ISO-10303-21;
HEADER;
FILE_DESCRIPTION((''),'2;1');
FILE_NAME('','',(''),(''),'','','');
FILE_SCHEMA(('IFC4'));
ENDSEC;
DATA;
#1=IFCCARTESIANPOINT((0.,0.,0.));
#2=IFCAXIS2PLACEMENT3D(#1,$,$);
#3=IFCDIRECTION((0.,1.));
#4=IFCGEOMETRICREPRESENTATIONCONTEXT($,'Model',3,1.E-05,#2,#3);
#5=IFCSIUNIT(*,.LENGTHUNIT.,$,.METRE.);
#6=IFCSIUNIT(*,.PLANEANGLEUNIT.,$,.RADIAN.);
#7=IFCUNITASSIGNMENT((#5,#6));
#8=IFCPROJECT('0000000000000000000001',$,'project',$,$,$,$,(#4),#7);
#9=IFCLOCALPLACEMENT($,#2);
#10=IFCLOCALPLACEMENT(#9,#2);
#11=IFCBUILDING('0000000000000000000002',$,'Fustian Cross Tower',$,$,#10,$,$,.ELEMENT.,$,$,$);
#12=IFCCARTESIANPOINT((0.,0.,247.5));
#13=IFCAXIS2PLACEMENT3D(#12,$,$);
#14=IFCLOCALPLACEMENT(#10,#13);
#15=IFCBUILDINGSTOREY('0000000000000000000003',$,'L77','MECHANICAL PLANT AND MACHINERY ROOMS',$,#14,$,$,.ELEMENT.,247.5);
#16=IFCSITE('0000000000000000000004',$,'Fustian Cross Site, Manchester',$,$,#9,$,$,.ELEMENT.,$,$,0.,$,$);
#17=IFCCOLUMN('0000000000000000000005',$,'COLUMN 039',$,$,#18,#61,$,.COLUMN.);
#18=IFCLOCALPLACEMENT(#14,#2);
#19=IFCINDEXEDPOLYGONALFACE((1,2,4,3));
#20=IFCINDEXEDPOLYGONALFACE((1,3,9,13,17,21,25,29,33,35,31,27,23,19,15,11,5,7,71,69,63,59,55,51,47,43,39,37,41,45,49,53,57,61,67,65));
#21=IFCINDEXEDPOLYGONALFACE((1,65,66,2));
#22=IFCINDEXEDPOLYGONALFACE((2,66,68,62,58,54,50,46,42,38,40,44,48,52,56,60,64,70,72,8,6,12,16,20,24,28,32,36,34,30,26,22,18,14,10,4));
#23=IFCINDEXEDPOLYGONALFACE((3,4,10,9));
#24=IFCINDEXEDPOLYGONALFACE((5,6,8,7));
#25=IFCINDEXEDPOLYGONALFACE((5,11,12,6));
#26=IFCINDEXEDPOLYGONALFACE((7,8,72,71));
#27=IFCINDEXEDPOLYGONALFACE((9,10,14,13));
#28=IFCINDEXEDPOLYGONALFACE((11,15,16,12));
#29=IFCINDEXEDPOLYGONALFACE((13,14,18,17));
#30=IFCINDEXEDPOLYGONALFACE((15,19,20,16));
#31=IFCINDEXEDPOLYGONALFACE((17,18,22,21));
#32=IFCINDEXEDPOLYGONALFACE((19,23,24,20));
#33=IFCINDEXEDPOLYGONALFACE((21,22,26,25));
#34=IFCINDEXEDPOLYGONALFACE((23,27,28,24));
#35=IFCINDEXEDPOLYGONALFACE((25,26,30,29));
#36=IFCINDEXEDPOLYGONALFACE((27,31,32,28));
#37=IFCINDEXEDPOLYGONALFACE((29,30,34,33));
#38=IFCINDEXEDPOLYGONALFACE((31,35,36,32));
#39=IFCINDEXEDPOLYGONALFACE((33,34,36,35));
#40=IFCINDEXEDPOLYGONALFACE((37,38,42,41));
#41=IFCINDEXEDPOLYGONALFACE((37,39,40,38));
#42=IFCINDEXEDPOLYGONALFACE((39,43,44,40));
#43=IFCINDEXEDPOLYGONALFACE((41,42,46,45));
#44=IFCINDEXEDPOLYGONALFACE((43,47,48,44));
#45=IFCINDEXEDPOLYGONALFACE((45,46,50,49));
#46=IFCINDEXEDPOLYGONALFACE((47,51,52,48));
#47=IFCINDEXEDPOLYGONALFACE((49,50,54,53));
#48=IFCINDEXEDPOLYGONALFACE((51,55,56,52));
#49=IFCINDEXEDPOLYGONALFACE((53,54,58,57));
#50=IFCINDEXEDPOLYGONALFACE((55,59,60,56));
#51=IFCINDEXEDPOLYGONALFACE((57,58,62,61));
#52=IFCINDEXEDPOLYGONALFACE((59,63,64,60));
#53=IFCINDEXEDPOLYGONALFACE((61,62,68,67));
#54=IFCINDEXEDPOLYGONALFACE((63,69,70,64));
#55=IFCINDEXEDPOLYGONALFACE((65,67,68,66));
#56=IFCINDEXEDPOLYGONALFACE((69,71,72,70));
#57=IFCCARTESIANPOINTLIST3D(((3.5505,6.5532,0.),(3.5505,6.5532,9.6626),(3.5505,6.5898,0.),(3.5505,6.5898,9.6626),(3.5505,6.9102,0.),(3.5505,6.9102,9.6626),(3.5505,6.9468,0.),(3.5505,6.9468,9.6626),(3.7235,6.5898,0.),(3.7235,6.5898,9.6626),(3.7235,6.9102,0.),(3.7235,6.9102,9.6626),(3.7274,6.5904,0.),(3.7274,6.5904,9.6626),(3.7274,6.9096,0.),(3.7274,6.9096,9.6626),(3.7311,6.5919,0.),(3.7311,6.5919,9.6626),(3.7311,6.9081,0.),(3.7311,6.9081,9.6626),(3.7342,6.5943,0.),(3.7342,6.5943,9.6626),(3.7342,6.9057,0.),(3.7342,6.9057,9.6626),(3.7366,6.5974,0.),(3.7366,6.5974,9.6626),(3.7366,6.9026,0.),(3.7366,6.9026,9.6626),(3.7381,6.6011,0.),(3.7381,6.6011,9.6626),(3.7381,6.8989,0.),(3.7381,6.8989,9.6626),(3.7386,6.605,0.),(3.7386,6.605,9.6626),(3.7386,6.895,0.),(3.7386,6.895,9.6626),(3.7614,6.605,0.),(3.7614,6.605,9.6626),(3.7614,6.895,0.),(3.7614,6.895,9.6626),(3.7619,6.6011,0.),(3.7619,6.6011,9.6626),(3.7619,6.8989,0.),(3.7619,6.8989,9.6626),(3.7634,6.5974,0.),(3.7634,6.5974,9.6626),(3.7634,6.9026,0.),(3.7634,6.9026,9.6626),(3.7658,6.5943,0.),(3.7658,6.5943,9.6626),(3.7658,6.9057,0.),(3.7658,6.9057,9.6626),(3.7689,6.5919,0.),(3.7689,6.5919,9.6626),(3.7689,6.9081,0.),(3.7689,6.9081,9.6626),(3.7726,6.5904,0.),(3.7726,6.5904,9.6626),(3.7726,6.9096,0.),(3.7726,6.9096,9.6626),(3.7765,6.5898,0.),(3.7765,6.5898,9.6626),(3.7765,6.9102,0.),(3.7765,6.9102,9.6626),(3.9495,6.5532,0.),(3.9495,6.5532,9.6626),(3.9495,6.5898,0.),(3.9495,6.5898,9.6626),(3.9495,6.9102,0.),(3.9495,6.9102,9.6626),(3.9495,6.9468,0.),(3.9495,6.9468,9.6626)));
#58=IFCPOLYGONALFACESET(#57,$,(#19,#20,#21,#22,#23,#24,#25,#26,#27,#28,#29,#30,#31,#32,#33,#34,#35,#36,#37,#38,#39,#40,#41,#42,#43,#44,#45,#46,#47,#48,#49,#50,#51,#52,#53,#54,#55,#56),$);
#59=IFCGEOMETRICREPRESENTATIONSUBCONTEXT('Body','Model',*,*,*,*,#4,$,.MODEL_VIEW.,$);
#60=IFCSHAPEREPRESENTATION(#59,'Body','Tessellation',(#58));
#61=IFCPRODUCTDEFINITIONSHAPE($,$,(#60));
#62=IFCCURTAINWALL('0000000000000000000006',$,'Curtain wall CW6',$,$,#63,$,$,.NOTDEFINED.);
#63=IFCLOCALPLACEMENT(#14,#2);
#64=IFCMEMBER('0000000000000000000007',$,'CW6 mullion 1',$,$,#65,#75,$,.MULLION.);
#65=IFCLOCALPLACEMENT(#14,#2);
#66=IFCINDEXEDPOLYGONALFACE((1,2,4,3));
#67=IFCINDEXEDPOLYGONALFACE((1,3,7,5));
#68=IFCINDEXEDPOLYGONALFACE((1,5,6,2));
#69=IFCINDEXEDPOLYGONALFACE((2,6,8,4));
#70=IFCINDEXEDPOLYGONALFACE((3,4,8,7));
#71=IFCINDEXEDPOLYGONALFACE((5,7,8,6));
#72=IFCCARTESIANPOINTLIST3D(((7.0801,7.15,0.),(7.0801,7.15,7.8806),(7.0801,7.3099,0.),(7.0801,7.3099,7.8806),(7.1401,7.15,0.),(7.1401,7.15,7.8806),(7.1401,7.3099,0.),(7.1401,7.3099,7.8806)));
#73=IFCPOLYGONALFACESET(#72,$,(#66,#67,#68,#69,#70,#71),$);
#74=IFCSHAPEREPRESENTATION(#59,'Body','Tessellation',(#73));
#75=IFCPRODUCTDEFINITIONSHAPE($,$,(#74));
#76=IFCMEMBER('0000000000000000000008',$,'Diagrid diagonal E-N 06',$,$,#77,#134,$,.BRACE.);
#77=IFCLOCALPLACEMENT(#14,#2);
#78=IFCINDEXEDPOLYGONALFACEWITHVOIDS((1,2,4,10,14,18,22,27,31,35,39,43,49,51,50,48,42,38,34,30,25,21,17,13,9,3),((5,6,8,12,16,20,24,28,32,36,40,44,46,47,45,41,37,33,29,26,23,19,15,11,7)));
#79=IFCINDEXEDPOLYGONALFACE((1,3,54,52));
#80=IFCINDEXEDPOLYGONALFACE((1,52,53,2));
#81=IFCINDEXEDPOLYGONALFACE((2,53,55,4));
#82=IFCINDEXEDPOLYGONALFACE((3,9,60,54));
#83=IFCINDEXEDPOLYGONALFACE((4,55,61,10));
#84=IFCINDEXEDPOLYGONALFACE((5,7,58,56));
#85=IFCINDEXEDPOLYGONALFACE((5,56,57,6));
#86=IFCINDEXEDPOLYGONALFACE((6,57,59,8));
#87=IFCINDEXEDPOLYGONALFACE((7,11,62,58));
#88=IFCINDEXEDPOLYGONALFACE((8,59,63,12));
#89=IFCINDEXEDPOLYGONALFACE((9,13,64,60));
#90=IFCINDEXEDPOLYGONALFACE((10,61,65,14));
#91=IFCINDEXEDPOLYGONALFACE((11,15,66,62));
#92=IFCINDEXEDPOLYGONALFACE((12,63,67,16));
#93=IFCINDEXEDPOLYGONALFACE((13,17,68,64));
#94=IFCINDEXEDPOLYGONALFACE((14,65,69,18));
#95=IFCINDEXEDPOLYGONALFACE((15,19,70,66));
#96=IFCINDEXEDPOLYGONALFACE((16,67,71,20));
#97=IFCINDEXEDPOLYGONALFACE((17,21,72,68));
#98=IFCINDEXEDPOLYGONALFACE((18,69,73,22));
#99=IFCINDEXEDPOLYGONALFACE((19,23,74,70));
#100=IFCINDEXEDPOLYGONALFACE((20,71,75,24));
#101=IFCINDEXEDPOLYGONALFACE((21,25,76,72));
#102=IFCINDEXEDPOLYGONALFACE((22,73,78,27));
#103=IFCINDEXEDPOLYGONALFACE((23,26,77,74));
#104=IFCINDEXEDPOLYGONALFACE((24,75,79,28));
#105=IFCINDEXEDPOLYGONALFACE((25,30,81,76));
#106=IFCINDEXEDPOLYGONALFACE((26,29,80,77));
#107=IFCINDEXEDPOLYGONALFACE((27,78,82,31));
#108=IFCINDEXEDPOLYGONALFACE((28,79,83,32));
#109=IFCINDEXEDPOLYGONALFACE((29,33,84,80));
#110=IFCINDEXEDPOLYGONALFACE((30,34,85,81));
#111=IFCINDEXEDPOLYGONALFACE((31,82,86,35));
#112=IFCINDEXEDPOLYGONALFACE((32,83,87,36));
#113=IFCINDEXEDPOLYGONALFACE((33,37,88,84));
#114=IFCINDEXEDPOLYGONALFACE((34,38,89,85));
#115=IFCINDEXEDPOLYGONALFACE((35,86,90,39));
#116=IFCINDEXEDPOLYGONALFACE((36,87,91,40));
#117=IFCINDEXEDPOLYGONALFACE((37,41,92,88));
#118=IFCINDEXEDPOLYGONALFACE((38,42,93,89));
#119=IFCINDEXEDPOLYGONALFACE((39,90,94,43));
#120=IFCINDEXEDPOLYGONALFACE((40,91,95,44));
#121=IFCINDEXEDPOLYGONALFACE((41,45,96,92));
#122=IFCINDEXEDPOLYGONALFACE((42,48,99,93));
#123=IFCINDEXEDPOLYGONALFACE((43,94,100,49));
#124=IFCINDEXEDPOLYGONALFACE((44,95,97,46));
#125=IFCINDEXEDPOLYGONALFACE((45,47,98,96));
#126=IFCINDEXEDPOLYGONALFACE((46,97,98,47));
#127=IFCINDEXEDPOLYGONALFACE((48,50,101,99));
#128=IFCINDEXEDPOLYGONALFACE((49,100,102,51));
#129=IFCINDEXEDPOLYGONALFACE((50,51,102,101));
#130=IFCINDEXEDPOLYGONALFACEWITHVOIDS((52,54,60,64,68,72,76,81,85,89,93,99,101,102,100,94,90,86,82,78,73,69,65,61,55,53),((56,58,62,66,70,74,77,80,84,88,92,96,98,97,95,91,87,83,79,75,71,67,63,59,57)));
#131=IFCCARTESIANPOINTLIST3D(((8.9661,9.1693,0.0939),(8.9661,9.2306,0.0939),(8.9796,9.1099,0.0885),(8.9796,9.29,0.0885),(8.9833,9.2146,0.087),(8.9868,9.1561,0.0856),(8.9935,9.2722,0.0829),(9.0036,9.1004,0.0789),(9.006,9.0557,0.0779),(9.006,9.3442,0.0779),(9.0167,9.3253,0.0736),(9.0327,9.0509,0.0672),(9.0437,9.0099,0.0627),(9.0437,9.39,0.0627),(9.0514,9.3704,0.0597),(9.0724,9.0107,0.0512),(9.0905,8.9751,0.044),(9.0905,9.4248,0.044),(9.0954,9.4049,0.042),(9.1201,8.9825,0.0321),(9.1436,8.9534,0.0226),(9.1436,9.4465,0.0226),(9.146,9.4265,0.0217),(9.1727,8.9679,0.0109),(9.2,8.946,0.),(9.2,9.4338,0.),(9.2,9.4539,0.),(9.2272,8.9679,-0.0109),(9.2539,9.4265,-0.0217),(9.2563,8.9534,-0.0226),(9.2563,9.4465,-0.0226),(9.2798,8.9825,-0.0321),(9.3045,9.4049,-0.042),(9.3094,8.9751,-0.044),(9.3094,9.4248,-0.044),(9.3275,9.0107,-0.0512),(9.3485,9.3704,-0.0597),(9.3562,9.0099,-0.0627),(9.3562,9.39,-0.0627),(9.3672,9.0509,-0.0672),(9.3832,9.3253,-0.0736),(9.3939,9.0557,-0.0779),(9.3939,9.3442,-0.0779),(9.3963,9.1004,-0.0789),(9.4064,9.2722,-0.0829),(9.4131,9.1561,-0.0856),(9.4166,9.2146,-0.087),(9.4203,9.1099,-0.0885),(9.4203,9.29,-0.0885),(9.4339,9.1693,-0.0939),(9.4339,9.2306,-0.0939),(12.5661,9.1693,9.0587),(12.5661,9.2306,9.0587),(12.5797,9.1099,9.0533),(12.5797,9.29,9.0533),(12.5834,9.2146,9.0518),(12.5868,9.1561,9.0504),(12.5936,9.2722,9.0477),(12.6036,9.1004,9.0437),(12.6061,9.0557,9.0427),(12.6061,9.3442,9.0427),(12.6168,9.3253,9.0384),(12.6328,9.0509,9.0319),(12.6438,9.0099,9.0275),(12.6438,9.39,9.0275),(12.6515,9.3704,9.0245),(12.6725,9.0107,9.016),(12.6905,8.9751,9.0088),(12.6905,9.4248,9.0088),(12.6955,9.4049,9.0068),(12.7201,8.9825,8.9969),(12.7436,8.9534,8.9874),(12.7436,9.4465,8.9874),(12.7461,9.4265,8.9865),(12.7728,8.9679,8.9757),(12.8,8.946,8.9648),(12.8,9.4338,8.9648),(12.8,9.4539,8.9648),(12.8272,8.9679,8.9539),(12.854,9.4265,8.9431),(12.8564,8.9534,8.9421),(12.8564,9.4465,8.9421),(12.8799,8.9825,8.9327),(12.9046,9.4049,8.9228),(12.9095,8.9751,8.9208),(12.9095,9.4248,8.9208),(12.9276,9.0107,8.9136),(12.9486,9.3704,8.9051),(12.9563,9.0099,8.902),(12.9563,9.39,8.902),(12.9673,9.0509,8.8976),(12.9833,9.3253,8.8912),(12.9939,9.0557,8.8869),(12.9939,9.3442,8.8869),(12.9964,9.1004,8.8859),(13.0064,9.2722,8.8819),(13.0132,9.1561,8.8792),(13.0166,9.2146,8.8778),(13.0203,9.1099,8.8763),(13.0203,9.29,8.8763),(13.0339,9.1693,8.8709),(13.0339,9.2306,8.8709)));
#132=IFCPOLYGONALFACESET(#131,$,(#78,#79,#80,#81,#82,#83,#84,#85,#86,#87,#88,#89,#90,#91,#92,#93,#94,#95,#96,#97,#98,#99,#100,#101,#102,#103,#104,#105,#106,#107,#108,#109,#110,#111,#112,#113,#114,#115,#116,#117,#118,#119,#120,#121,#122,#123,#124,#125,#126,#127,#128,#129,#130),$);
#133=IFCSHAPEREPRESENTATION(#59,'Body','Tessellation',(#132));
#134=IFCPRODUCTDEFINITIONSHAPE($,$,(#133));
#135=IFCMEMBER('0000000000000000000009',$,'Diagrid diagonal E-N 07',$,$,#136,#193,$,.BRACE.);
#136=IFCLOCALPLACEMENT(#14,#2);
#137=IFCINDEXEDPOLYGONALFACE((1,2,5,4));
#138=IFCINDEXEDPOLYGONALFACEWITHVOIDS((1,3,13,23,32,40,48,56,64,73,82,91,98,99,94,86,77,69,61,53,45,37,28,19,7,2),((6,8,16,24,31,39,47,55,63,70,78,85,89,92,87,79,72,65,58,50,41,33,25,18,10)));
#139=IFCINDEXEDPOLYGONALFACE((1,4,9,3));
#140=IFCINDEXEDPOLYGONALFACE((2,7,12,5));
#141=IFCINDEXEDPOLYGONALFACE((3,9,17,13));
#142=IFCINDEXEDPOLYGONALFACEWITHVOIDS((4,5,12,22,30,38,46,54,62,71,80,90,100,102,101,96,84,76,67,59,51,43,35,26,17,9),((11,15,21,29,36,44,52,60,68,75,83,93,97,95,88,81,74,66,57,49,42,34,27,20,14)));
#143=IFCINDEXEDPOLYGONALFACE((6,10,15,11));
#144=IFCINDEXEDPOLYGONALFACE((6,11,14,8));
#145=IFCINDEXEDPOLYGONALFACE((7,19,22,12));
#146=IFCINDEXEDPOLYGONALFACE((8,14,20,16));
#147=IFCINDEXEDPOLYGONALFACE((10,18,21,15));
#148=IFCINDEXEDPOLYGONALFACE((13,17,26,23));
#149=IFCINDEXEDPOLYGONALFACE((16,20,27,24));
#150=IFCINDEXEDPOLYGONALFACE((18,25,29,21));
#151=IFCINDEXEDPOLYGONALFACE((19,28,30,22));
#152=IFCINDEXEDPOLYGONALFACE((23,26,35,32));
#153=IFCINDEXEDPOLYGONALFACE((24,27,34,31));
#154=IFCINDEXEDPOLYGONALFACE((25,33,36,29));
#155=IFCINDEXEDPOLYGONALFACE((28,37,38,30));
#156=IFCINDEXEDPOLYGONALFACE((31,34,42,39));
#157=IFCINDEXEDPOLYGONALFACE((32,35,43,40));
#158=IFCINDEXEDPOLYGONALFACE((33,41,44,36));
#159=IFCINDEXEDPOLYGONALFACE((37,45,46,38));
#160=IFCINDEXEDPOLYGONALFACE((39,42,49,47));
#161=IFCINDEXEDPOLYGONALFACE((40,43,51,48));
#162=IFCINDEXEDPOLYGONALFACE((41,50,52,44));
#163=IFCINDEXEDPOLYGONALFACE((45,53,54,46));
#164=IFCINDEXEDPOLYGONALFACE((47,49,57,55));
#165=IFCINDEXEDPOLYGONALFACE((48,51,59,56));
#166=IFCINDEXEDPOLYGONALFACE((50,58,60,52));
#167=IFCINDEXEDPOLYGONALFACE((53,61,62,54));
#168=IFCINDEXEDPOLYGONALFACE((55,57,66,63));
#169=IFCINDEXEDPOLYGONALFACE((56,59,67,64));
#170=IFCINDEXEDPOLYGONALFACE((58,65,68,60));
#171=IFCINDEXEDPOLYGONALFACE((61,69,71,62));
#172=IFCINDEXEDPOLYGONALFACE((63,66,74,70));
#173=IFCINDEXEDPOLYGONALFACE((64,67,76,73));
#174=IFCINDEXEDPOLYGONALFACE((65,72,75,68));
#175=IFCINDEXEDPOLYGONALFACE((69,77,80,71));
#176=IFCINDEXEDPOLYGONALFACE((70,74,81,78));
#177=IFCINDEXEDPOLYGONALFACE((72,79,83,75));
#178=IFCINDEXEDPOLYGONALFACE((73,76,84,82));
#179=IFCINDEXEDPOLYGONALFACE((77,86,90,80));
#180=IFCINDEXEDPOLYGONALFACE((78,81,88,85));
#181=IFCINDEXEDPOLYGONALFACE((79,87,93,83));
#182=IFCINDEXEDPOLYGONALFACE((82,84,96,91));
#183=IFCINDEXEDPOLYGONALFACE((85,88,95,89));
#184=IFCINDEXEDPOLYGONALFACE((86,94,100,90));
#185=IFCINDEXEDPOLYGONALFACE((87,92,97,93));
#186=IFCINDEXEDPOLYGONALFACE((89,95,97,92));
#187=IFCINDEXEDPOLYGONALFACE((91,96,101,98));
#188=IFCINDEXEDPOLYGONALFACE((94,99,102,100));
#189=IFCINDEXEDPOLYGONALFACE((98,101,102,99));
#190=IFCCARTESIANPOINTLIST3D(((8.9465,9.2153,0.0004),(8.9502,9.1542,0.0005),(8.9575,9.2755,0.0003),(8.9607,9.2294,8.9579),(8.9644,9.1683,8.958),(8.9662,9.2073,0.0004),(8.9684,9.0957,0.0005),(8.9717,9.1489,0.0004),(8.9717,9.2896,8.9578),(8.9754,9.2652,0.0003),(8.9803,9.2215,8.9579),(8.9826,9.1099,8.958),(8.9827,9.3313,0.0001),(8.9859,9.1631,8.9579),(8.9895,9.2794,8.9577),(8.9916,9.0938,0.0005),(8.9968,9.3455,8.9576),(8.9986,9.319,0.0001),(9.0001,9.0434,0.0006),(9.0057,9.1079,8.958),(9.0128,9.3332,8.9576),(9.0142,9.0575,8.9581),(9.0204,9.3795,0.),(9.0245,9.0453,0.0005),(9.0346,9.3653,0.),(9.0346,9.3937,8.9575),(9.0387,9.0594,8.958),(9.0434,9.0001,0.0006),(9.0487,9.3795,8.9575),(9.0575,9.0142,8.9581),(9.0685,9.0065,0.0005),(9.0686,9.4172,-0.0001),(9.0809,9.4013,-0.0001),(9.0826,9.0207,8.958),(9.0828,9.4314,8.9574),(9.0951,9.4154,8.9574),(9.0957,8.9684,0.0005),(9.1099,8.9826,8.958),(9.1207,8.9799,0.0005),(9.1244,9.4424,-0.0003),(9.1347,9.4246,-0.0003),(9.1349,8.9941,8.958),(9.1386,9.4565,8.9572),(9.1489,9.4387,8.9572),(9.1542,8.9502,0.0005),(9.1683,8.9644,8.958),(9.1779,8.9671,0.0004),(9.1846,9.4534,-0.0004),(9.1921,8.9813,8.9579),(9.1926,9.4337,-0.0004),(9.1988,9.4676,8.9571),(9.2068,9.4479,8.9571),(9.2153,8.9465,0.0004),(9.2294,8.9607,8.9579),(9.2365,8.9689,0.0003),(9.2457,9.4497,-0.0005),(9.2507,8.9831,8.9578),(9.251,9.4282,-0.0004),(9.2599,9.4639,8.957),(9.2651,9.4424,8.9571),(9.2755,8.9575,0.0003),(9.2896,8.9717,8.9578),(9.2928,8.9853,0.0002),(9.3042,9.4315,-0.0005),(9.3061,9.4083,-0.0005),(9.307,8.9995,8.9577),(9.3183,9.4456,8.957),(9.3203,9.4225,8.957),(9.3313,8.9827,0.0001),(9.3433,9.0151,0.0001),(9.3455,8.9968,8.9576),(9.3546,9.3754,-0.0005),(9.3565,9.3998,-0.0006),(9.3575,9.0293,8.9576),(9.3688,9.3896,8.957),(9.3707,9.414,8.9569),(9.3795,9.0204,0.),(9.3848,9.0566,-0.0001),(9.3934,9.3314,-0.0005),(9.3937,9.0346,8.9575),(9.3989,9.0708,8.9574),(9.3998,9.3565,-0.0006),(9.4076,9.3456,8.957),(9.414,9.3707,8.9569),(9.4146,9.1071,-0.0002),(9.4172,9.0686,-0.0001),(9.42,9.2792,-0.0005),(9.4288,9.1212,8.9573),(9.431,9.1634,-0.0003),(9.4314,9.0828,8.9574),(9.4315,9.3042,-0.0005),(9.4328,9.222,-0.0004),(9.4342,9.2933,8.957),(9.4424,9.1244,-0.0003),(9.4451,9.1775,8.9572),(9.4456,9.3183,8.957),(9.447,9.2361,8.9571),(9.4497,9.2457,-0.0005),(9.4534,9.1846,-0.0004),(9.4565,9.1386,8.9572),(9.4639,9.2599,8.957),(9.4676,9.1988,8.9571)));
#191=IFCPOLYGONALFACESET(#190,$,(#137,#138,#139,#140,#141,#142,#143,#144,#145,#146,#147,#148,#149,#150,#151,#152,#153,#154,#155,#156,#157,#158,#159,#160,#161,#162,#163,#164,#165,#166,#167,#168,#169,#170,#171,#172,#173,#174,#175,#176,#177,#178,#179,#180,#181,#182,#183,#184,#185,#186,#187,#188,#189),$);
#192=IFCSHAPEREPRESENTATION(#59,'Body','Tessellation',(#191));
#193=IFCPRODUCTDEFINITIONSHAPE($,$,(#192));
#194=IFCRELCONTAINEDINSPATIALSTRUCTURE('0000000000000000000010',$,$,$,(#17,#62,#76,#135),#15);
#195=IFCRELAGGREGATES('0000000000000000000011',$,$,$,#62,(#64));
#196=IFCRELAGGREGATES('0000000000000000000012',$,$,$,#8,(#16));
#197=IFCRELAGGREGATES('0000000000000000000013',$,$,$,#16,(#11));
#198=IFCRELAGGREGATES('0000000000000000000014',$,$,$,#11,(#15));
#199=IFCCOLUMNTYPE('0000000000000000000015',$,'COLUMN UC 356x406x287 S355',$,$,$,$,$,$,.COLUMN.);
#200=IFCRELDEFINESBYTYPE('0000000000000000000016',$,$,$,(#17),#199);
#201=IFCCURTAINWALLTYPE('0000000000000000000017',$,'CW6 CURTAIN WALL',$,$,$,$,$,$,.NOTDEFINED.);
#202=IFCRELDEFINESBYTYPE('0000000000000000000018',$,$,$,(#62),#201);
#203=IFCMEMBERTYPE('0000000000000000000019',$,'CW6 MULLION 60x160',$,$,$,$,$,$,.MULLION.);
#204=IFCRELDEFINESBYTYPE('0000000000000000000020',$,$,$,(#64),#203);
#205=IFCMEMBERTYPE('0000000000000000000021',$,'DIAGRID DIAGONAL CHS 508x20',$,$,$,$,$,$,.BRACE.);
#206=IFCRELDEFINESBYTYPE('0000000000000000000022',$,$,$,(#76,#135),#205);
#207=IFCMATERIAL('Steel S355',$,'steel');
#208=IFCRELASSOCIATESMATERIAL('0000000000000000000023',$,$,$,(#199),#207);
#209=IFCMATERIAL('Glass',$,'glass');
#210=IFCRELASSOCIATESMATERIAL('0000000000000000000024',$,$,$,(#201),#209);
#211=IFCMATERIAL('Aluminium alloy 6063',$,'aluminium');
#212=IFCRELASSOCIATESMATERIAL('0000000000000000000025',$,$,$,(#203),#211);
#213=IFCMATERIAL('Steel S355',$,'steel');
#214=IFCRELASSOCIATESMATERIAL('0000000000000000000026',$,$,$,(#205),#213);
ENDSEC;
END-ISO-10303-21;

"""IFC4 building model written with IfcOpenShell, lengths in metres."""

from ifc_helpers import new_model, si_unit, direction, frame, origin, origin_2d, place, context, subcontext, project, spatial, rectangle, hollow_circle, i_section, extrude, material, material_profile, profile_set, type_object, element, aggregate, save


model = new_model("IFC4")

# Units and contexts
model_context = context("Model", 3, precision=1e-05, world=origin(), true_north=direction((0.0, 1.0)))
body_context = subcontext(model_context, "Body", "Model", "MODEL_VIEW")
ifc_project = project(units=[si_unit("LENGTHUNIT", "METRE"), si_unit("PLANEANGLEUNIT", "RADIAN")], contexts=[model_context])

# Site, building, storey
site_placement = place(None, origin())
site = spatial("IfcSite", under=ifc_project, at=site_placement, Name="Fustian Cross Site, Manchester", CompositionType="ELEMENT", RefElevation=0.0)
building_placement = place(site_placement, origin())
building = spatial("IfcBuilding", under=site, at=building_placement, Name="Fustian Cross Tower", CompositionType="ELEMENT")
storey_placement = place(building_placement, frame((0.0, 0.0, 247.5)))
storey = spatial("IfcBuildingStorey", under=building, at=storey_placement, Name="L77", Description="MECHANICAL PLANT AND MACHINERY ROOMS", CompositionType="ELEMENT", Elevation=247.5)

# Column
ifc_material_1 = material(Name="Steel S355", Category="steel")
ifc_material_profile_1 = material_profile(ifc_material_1, i_section(OverallWidth=0.3989, OverallDepth=0.3936, WebThickness=0.0227, FlangeThickness=0.0366, FilletRadius=0.0151, at=origin_2d()), Name="UC 356x406x287")
ifc_profile_set_1 = profile_set([ifc_material_profile_1], Name="Steel S355")
column_type = type_object("IfcColumnType", Name="COLUMN UC 356x406x287 S355", PredefinedType="COLUMN", material=ifc_profile_set_1)
column_placement = place(storey_placement, frame((3.75, 6.75, 0.0), z_axis=(0.0, 0.0, 1.0), x_axis=(1.0, 0.0, 0.0)))
element("IfcColumn", 1, at=column_placement, inside=storey, type_object=column_type, Name="COLUMN 039", PredefinedType="COLUMN", context=body_context, shape_type="SweptSolid", body=[
    extrude(i_section(OverallWidth=0.3989, OverallDepth=0.3936, WebThickness=0.0227, FlangeThickness=0.0366, FilletRadius=0.0151, at=origin_2d()), origin(), (0.0, 0.0, 1.0), 9.6626),
])

# Curtain wall, member
ifc_material_2 = material(Name="Glass", Category="glass")
curtain_wall_type = type_object("IfcCurtainWallType", Name="CW6 CURTAIN WALL", PredefinedType="NOTDEFINED", material=ifc_material_2)
curtain_wall_placement = place(storey_placement, origin())
curtain_wall = element("IfcCurtainWall", 2, at=curtain_wall_placement, inside=storey, type_object=curtain_wall_type, Name="Curtain wall CW6", PredefinedType="NOTDEFINED")
ifc_material_3 = material(Name="Aluminium alloy 6063", Category="aluminium")
ifc_material_profile_2 = material_profile(ifc_material_3, rectangle(XDim=0.0601, YDim=0.1599, at=origin_2d()), Name="CW6 MULLION 60x160")
ifc_profile_set_2 = profile_set([ifc_material_profile_2], Name="Aluminium alloy 6063")
member_type_1 = type_object("IfcMemberType", Name="CW6 MULLION 60x160", PredefinedType="MULLION", material=ifc_profile_set_2)
member_1_placement = place(storey_placement, frame((7.1101, 7.23, 0.0), z_axis=(0.0, 0.0, 1.0), x_axis=(-1.0, 0.0, 0.0)))
member_1 = element("IfcMember", 3, at=member_1_placement, type_object=member_type_1, Name="CW6 mullion 1", PredefinedType="MULLION", context=body_context, shape_type="SweptSolid", body=[
    extrude(rectangle(XDim=0.0601, YDim=0.1599, at=origin_2d()), origin(), (0.0, 0.0, 1.0), 7.8806),
])
aggregate(curtain_wall, [member_1])

# Members
ifc_material_4 = material(Name="Steel S355", Category="steel")
ifc_material_profile_3 = material_profile(ifc_material_4, hollow_circle(Radius=0.2539, WallThickness=0.02, at=origin_2d()), Name="CHS 508x20")
ifc_profile_set_3 = profile_set([ifc_material_profile_3], Name="Steel S355")
member_type_2 = type_object("IfcMemberType", Name="DIAGRID DIAGONAL CHS 508x20", PredefinedType="BRACE", material=ifc_profile_set_3)
member_2_placement = place(storey_placement, frame((9.2, 9.2, 0.0), z_axis=(0.372654, 0.0, 0.92797), x_axis=(0.0, 1.0, 0.0)))
element("IfcMember", 4, at=member_2_placement, inside=storey, type_object=member_type_2, Name="Diagrid diagonal E-N 06", PredefinedType="BRACE", context=body_context, shape_type="SweptSolid", body=[
    extrude(hollow_circle(Radius=0.2539, WallThickness=0.02, at=origin_2d()), origin(), (0.0, 0.0, 1.0), 9.6606),
])
member_3_placement = place(storey_placement, frame((9.2, 9.2, 0.0), z_axis=(0.001581, 0.001581, 0.999998), x_axis=(-0.707107, 0.707107, 0.0)))
element("IfcMember", 5, at=member_3_placement, inside=storey, type_object=member_type_2, Name="Diagrid diagonal E-N 07", PredefinedType="BRACE", context=body_context, shape_type="SweptSolid", body=[
    extrude(hollow_circle(Radius=0.2539, WallThickness=0.02, at=origin_2d()), origin(), (0.0, 0.0, 1.0), 8.9575),
])

save(model, "model.ifc")
